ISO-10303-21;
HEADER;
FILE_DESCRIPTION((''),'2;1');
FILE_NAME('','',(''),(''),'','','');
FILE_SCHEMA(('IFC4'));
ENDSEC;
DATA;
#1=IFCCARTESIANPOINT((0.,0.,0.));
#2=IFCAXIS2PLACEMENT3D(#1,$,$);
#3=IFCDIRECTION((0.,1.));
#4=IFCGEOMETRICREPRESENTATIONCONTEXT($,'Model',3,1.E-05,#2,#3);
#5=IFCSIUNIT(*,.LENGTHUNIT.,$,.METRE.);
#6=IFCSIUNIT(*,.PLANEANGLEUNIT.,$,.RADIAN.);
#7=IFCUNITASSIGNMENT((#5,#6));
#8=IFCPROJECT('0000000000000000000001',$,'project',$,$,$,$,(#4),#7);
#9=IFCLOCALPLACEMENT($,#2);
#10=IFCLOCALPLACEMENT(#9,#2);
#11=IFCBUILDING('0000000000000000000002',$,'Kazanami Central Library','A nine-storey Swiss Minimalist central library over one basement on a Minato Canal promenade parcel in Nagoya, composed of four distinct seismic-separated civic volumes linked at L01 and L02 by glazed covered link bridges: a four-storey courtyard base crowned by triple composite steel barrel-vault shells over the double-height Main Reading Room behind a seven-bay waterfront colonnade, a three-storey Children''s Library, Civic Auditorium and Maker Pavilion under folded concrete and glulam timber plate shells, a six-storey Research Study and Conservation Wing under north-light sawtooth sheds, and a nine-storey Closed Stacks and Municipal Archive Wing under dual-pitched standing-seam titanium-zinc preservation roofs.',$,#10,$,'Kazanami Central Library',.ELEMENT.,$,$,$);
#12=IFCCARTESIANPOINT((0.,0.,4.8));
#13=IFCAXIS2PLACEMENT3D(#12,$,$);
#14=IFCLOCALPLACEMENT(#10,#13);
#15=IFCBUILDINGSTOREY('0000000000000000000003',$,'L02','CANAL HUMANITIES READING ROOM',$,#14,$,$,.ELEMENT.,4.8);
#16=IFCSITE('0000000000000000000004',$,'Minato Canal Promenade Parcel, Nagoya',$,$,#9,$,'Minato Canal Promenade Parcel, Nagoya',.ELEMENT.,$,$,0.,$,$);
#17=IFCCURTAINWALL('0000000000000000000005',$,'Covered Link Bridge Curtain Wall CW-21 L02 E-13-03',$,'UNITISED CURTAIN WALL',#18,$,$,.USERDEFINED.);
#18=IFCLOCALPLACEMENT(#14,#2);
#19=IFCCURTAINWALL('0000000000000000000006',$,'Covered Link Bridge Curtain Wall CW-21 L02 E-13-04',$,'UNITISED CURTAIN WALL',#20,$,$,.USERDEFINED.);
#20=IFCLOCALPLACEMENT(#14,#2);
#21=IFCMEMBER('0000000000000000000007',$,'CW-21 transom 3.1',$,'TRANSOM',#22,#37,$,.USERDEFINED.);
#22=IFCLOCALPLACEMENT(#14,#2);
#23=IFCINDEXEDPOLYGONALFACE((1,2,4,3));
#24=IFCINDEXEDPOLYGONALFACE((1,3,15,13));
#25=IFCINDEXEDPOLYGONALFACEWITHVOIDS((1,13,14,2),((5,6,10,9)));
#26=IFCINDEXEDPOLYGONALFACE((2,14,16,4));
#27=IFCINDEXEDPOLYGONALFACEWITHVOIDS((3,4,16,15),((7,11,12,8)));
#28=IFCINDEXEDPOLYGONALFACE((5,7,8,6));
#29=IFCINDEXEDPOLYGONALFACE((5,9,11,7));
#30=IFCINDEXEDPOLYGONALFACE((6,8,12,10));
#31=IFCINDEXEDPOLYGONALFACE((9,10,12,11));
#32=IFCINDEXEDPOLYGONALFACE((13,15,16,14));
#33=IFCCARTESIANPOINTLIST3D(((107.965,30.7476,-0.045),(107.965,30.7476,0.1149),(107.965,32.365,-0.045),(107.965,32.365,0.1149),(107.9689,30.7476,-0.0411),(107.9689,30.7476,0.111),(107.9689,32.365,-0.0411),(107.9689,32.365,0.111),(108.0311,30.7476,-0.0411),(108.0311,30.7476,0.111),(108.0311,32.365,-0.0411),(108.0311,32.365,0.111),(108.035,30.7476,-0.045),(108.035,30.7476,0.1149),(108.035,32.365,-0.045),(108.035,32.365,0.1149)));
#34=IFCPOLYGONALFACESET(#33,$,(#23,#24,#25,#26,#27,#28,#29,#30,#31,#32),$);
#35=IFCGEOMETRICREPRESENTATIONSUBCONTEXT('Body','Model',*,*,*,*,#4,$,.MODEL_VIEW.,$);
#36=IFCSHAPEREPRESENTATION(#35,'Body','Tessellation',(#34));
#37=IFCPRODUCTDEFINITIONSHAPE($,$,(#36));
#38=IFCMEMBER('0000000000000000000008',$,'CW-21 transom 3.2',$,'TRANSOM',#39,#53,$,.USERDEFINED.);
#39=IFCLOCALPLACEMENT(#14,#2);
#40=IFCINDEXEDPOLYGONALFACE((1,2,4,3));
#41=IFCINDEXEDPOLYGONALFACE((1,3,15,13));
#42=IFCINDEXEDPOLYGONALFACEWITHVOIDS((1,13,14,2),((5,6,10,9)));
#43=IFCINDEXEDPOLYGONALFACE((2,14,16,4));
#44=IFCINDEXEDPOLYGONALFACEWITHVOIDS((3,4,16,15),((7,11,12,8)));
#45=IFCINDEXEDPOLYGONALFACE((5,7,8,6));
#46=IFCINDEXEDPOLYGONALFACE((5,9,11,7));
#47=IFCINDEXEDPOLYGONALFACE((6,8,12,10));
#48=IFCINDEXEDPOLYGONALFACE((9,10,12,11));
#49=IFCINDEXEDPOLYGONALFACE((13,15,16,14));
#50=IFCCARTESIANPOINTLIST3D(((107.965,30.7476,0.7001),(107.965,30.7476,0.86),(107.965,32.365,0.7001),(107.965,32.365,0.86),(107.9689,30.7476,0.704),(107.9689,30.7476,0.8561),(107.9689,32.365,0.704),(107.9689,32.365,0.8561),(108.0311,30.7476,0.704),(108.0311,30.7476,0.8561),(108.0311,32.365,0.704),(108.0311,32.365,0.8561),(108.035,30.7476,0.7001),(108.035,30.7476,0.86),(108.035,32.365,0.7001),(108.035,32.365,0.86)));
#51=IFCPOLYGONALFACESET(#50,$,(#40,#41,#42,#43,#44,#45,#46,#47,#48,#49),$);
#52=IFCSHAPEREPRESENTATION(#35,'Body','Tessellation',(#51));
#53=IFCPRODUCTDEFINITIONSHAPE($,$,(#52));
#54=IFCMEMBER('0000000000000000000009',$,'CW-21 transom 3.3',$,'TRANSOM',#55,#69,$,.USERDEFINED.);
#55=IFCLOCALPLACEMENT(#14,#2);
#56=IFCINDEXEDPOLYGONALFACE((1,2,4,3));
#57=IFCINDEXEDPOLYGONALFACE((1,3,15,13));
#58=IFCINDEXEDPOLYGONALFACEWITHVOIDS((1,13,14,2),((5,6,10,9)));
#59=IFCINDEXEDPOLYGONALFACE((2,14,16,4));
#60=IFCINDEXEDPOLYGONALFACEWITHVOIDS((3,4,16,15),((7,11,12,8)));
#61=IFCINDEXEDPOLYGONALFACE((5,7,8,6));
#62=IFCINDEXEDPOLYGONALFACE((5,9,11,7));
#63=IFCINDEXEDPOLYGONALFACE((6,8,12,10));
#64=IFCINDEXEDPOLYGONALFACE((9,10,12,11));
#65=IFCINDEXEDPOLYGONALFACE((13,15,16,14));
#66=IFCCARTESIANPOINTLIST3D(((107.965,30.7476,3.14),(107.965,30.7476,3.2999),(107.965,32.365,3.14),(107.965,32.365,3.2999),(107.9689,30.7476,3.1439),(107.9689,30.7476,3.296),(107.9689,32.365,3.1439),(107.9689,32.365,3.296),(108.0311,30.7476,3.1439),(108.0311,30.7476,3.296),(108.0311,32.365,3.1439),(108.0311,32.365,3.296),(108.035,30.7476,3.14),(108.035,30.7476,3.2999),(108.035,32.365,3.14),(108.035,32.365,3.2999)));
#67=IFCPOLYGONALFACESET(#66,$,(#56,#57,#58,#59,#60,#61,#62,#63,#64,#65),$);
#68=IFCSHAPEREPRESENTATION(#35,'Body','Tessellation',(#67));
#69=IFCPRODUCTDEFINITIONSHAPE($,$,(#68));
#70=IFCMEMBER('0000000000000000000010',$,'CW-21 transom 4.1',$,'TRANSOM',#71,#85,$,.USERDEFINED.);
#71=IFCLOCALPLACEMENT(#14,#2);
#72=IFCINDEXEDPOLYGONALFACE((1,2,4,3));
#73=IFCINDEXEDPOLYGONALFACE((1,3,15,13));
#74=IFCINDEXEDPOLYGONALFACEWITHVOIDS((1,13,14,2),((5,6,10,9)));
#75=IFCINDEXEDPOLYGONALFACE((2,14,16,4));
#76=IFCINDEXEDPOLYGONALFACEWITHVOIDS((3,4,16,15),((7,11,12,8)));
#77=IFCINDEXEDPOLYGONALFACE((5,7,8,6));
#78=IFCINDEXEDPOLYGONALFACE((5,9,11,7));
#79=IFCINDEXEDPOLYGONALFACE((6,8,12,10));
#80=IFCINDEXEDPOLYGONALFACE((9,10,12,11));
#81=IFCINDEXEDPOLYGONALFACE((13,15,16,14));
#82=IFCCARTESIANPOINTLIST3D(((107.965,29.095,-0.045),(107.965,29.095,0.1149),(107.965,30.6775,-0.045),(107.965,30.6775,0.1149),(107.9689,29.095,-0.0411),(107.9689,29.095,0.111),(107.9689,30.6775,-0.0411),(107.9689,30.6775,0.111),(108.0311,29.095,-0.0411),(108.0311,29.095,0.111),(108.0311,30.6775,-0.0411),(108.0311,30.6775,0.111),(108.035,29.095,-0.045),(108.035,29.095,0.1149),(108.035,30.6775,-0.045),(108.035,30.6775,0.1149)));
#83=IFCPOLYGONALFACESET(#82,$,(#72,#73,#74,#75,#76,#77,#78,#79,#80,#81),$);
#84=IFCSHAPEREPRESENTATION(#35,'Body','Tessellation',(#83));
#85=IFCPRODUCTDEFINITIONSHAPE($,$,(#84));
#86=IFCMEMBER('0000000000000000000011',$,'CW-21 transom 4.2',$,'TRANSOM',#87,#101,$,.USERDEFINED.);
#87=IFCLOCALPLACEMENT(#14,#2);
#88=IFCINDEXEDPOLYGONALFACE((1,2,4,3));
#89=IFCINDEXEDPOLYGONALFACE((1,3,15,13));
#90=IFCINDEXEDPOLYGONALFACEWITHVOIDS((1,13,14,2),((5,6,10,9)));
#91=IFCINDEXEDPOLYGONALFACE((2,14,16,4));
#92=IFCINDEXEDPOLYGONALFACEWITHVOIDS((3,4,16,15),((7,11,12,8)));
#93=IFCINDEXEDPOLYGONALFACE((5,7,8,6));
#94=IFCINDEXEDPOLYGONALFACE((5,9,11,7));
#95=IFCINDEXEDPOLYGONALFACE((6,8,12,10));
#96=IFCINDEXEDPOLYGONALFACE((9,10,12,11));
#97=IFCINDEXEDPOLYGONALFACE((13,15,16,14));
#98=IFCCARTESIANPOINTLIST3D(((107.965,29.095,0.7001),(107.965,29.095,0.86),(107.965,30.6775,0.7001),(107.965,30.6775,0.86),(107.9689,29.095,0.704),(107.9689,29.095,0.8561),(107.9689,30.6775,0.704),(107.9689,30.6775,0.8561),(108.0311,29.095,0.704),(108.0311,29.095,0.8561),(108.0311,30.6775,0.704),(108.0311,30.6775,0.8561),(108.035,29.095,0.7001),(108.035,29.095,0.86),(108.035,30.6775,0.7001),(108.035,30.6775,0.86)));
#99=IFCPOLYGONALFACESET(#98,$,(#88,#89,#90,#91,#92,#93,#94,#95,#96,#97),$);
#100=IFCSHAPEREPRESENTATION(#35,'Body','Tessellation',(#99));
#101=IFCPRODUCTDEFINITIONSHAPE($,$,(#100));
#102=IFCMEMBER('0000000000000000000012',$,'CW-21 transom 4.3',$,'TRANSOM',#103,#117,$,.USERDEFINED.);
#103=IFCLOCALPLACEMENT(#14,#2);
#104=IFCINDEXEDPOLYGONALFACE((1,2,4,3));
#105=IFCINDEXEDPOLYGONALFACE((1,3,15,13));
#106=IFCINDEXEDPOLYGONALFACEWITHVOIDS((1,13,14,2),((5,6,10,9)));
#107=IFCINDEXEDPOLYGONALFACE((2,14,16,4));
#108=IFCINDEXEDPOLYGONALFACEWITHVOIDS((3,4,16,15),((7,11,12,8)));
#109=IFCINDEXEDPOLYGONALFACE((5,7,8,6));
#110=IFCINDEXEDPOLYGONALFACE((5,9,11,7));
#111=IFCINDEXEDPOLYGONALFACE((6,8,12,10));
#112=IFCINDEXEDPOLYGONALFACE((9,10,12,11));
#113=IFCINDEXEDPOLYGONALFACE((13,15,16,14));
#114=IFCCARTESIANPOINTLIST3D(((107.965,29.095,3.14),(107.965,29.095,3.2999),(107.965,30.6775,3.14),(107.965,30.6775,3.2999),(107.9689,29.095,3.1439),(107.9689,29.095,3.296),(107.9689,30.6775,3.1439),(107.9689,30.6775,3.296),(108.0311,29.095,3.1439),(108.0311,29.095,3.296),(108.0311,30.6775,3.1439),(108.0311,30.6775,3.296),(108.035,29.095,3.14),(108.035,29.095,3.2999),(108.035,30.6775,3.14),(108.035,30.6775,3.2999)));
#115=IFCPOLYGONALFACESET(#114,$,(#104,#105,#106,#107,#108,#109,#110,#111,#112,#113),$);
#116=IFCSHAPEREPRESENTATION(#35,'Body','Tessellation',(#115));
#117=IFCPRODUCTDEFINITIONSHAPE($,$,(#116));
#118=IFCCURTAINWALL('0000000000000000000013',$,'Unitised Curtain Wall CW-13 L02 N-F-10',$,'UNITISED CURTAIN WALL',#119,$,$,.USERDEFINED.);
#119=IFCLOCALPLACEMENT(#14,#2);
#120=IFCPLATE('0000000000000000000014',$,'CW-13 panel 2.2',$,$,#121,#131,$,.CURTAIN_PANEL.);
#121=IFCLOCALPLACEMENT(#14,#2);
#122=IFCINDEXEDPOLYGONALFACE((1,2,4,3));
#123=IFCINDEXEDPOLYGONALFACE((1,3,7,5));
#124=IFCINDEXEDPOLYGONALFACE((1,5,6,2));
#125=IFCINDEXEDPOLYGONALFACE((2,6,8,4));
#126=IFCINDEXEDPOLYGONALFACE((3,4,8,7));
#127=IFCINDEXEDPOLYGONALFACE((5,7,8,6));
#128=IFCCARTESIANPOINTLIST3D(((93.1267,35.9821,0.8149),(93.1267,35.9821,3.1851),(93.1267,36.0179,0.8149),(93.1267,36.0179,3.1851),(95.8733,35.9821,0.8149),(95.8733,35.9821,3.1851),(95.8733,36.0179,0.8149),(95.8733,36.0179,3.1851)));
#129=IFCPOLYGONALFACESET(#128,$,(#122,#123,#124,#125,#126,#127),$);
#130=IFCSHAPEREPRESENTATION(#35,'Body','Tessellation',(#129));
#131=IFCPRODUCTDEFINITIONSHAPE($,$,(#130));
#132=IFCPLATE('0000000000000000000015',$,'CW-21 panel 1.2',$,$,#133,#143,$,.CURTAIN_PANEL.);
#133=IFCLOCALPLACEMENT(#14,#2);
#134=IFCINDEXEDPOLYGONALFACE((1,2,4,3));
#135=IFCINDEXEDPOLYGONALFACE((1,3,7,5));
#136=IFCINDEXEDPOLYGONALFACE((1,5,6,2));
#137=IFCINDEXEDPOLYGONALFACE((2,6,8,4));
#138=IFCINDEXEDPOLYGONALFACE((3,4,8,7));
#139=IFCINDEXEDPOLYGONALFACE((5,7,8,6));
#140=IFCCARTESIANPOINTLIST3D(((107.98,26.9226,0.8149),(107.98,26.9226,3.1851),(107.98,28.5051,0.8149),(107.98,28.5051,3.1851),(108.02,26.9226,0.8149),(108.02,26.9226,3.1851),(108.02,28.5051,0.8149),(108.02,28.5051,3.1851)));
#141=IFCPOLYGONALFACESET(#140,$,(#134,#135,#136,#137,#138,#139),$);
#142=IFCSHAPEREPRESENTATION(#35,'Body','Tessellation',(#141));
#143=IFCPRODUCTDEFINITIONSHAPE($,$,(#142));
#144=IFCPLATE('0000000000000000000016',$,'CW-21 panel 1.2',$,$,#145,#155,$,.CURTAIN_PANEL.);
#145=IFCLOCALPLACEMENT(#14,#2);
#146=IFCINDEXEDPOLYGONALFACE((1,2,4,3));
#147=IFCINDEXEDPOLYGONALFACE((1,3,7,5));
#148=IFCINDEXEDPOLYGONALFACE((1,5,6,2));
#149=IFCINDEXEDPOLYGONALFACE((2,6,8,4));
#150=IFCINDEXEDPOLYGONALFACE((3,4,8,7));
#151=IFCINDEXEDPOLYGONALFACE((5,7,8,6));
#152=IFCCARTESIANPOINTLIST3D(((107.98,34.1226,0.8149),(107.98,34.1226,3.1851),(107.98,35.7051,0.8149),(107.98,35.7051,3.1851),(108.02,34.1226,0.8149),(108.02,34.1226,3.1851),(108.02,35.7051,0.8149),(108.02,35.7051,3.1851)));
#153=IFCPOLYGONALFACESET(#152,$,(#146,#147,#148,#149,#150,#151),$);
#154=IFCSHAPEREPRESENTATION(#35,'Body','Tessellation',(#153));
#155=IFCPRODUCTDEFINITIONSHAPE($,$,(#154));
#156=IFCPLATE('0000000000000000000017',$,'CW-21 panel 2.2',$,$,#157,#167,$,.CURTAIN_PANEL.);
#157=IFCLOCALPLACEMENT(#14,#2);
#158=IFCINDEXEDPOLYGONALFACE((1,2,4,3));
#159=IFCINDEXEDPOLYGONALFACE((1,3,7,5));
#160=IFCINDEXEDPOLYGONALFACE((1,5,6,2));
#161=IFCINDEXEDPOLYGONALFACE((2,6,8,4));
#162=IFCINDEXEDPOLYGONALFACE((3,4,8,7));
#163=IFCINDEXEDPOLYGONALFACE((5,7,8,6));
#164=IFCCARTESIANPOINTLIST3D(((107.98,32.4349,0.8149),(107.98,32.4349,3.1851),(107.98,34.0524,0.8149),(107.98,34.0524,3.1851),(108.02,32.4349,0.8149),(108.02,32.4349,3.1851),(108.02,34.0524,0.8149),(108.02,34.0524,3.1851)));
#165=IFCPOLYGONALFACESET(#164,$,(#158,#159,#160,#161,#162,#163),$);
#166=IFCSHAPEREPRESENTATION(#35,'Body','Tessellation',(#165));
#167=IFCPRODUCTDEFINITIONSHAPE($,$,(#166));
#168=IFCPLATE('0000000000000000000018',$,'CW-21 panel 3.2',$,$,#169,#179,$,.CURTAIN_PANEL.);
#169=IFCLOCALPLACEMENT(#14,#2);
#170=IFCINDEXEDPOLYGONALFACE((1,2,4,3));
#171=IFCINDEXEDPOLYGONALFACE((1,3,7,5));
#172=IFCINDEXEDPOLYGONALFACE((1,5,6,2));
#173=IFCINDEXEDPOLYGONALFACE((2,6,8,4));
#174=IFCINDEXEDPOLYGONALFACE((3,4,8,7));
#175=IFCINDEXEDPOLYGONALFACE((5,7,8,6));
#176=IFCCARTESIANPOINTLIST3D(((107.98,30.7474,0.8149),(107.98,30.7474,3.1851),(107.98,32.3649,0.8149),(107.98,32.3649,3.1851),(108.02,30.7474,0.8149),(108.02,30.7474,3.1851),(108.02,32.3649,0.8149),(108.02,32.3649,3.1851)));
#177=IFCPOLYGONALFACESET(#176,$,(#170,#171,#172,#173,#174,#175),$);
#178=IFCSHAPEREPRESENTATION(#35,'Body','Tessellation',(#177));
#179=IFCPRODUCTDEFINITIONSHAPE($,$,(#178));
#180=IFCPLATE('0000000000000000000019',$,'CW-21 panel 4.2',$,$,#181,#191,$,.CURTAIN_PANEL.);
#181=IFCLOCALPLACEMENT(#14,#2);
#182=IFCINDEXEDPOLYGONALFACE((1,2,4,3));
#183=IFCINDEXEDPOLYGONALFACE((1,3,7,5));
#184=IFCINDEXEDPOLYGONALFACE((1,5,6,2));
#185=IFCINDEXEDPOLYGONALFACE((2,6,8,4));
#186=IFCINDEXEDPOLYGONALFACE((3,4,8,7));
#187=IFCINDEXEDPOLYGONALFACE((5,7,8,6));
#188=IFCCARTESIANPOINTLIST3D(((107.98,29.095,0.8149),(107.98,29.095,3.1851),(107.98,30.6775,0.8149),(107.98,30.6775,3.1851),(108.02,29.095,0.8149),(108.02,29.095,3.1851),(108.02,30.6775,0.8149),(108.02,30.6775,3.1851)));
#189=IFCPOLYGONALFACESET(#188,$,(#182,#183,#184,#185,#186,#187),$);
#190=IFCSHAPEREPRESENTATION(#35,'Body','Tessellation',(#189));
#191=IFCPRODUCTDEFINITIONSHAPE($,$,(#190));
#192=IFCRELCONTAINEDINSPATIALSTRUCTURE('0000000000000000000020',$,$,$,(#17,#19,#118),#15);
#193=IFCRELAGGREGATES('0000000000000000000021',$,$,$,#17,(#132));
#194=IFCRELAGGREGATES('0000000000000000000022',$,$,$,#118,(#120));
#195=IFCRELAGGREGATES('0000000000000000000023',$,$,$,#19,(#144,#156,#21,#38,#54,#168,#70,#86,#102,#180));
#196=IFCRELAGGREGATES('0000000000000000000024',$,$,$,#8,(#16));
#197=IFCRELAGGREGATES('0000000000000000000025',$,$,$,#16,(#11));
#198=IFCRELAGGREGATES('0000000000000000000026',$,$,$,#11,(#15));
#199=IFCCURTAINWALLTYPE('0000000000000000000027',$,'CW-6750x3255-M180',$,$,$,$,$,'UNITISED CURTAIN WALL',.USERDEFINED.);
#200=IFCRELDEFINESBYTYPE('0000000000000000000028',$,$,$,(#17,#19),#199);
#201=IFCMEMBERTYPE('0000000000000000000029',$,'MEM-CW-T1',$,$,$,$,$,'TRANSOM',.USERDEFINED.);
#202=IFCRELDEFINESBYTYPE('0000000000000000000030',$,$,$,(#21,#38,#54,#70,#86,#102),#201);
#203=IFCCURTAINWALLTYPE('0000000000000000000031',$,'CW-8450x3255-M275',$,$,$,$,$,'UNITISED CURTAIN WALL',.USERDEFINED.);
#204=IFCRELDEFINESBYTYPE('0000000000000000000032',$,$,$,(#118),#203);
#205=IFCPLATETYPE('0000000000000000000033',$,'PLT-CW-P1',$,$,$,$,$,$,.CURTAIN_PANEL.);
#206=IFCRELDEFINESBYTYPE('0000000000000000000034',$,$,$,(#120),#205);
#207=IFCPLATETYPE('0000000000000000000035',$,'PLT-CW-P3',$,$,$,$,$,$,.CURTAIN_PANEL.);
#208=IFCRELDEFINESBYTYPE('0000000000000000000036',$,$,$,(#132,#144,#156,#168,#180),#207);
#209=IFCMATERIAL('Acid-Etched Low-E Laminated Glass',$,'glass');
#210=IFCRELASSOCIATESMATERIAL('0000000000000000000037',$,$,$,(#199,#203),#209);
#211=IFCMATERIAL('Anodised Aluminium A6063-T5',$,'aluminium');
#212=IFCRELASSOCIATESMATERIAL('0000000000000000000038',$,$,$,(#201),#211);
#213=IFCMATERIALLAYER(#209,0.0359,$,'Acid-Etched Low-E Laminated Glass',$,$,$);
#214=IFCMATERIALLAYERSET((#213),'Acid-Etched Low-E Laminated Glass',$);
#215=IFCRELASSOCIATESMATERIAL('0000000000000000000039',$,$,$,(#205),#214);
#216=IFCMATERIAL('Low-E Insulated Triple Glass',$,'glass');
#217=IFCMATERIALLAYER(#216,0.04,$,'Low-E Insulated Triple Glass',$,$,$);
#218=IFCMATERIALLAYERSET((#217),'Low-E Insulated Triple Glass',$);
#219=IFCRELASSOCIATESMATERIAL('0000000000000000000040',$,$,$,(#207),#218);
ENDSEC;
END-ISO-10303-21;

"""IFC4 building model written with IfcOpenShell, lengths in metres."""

from ifc_helpers import new_model, si_unit, direction, frame, origin, origin_2d, place, context, subcontext, project, spatial, rectangle, hollow_rectangle, extrude, material, layer, layer_set, material_profile, profile_set, type_object, element, aggregate, save


model = new_model("IFC4")

# Units and contexts
model_context = context("Model", 3, precision=1e-05, world=origin(), true_north=direction((0.0, 1.0)))
body_context = subcontext(model_context, "Body", "Model", "MODEL_VIEW")
ifc_project = project(units=[si_unit("LENGTHUNIT", "METRE"), si_unit("PLANEANGLEUNIT", "RADIAN")], contexts=[model_context])

# Site, building, storey
site_placement = place(None, origin())
site = spatial("IfcSite", under=ifc_project, at=site_placement, Name="Minato Canal Promenade Parcel, Nagoya", LongName="Minato Canal Promenade Parcel, Nagoya", CompositionType="ELEMENT", RefElevation=0.0)
building_placement = place(site_placement, origin())
building = spatial("IfcBuilding", under=site, at=building_placement, Name="Kazanami Central Library", Description="A nine-storey Swiss Minimalist central library over one basement on a Minato Canal promenade parcel in Nagoya, composed of four distinct seismic-separated civic volumes linked at L01 and L02 by glazed covered link bridges: a four-storey courtyard base crowned by triple composite steel barrel-vault shells over the double-height Main Reading Room behind a seven-bay waterfront colonnade, a three-storey Children's Library, Civic Auditorium and Maker Pavilion under folded concrete and glulam timber plate shells, a six-storey Research Study and Conservation Wing under north-light sawtooth sheds, and a nine-storey Closed Stacks and Municipal Archive Wing under dual-pitched standing-seam titanium-zinc preservation roofs.", LongName="Kazanami Central Library", CompositionType="ELEMENT")
storey_placement = place(building_placement, frame((0.0, 0.0, 4.8)))
storey = spatial("IfcBuildingStorey", under=building, at=storey_placement, Name="L02", Description="CANAL HUMANITIES READING ROOM", CompositionType="ELEMENT", Elevation=4.8)

# Curtain wall
ifc_material_1 = material(Name="Acid-Etched Low-E Laminated Glass", Category="glass")
curtain_wall_type_1 = type_object("IfcCurtainWallType", Name="CW-6750x3255-M180", ElementType="UNITISED CURTAIN WALL", PredefinedType="USERDEFINED", material=ifc_material_1)
curtain_wall_1_placement = place(storey_placement, origin())
curtain_wall_1 = element("IfcCurtainWall", 1, at=curtain_wall_1_placement, inside=storey, type_object=curtain_wall_type_1, Name="Covered Link Bridge Curtain Wall CW-21 L02 E-13-03", ObjectType="UNITISED CURTAIN WALL", PredefinedType="USERDEFINED")
ifc_material_2 = material(Name="Anodised Aluminium A6063-T5", Category="aluminium")

# Curtain wall
curtain_wall_2_placement = place(storey_placement, origin())
curtain_wall_2 = element("IfcCurtainWall", 2, at=curtain_wall_2_placement, inside=storey, type_object=curtain_wall_type_1, Name="Covered Link Bridge Curtain Wall CW-21 L02 E-13-04", ObjectType="UNITISED CURTAIN WALL", PredefinedType="USERDEFINED")

# Members
ifc_material_profile_1 = material_profile(ifc_material_2, hollow_rectangle(XDim=0.0701, YDim=0.1599, WallThickness=0.0039, at=origin_2d()), Name="ALU-TRAN-70x160x4")
ifc_profile_set_1 = profile_set([ifc_material_profile_1], Name="Anodised Aluminium A6063-T5")
member_type_1 = type_object("IfcMemberType", Name="MEM-CW-T1", ElementType="TRANSOM", PredefinedType="USERDEFINED", material=ifc_profile_set_1)
member_1_placement = place(storey_placement, frame((108.0, 32.365, 0.0349), z_axis=(0.0, -1.0, 0.0), x_axis=(1.0, 0.0, 0.0)))
member_1 = element("IfcMember", 3, at=member_1_placement, type_object=member_type_1, Name="CW-21 transom 3.1", ObjectType="TRANSOM", PredefinedType="USERDEFINED", context=body_context, shape_type="SweptSolid", body=[
    extrude(hollow_rectangle(XDim=0.0701, YDim=0.1599, WallThickness=0.0039, at=origin_2d()), origin(), (0.0, 0.0, 1.0), 1.6174),
])
member_2_placement = place(storey_placement, frame((108.0, 32.365, 0.78), z_axis=(0.0, -1.0, 0.0), x_axis=(1.0, 0.0, 0.0)))
member_2 = element("IfcMember", 4, at=member_2_placement, type_object=member_type_1, Name="CW-21 transom 3.2", ObjectType="TRANSOM", PredefinedType="USERDEFINED", context=body_context, shape_type="SweptSolid", body=[
    extrude(hollow_rectangle(XDim=0.0701, YDim=0.1599, WallThickness=0.0039, at=origin_2d()), origin(), (0.0, 0.0, 1.0), 1.6174),
])
member_3_placement = place(storey_placement, frame((108.0, 32.365, 3.22), z_axis=(0.0, -1.0, 0.0), x_axis=(1.0, 0.0, 0.0)))
member_3 = element("IfcMember", 5, at=member_3_placement, type_object=member_type_1, Name="CW-21 transom 3.3", ObjectType="TRANSOM", PredefinedType="USERDEFINED", context=body_context, shape_type="SweptSolid", body=[
    extrude(hollow_rectangle(XDim=0.0701, YDim=0.1599, WallThickness=0.0039, at=origin_2d()), origin(), (0.0, 0.0, 1.0), 1.6174),
])
member_4_placement = place(storey_placement, frame((108.0, 30.6775, 0.0349), z_axis=(0.0, -1.0, 0.0), x_axis=(1.0, 0.0, 0.0)))
member_4 = element("IfcMember", 6, at=member_4_placement, type_object=member_type_1, Name="CW-21 transom 4.1", ObjectType="TRANSOM", PredefinedType="USERDEFINED", context=body_context, shape_type="SweptSolid", body=[
    extrude(hollow_rectangle(XDim=0.0701, YDim=0.1599, WallThickness=0.0039, at=origin_2d()), origin(), (0.0, 0.0, 1.0), 1.5825),
])
member_5_placement = place(storey_placement, frame((108.0, 30.6775, 0.78), z_axis=(0.0, -1.0, 0.0), x_axis=(1.0, 0.0, 0.0)))
member_5 = element("IfcMember", 7, at=member_5_placement, type_object=member_type_1, Name="CW-21 transom 4.2", ObjectType="TRANSOM", PredefinedType="USERDEFINED", context=body_context, shape_type="SweptSolid", body=[
    extrude(hollow_rectangle(XDim=0.0701, YDim=0.1599, WallThickness=0.0039, at=origin_2d()), origin(), (0.0, 0.0, 1.0), 1.5825),
])
member_6_placement = place(storey_placement, frame((108.0, 30.6775, 3.22), z_axis=(0.0, -1.0, 0.0), x_axis=(1.0, 0.0, 0.0)))
member_6 = element("IfcMember", 8, at=member_6_placement, type_object=member_type_1, Name="CW-21 transom 4.3", ObjectType="TRANSOM", PredefinedType="USERDEFINED", context=body_context, shape_type="SweptSolid", body=[
    extrude(hollow_rectangle(XDim=0.0701, YDim=0.1599, WallThickness=0.0039, at=origin_2d()), origin(), (0.0, 0.0, 1.0), 1.5825),
])

# Curtain wall, plate
curtain_wall_type_2 = type_object("IfcCurtainWallType", Name="CW-8450x3255-M275", ElementType="UNITISED CURTAIN WALL", PredefinedType="USERDEFINED", material=ifc_material_1)
curtain_wall_3_placement = place(storey_placement, origin())
curtain_wall_3 = element("IfcCurtainWall", 9, at=curtain_wall_3_placement, inside=storey, type_object=curtain_wall_type_2, Name="Unitised Curtain Wall CW-13 L02 N-F-10", ObjectType="UNITISED CURTAIN WALL", PredefinedType="USERDEFINED")
ifc_layer_1 = layer(ifc_material_1, 0.0359, Name="Acid-Etched Low-E Laminated Glass")
ifc_layer_set_1 = layer_set([ifc_layer_1], Name="Acid-Etched Low-E Laminated Glass")
plate_type_1 = type_object("IfcPlateType", Name="PLT-CW-P1", PredefinedType="CURTAIN_PANEL", material=ifc_layer_set_1)
plate_1_placement = place(storey_placement, frame((94.5, 36.0, 0.8149), z_axis=(0.0, 0.0, 1.0), x_axis=(-1.0, 0.0, 0.0)))
plate_1 = element("IfcPlate", 10, at=plate_1_placement, type_object=plate_type_1, Name="CW-13 panel 2.2", PredefinedType="CURTAIN_PANEL", context=body_context, shape_type="SweptSolid", body=[
    extrude(rectangle(XDim=2.7466, YDim=0.0359, at=origin_2d()), origin(), (0.0, 0.0, 1.0), 2.3701),
])

# Plates
ifc_material_3 = material(Name="Low-E Insulated Triple Glass", Category="glass")
ifc_layer_2 = layer(ifc_material_3, 0.04, Name="Low-E Insulated Triple Glass")
ifc_layer_set_2 = layer_set([ifc_layer_2], Name="Low-E Insulated Triple Glass")
plate_type_2 = type_object("IfcPlateType", Name="PLT-CW-P3", PredefinedType="CURTAIN_PANEL", material=ifc_layer_set_2)
plate_2_placement = place(storey_placement, frame((108.0, 27.7139, 0.8149), z_axis=(0.0, 0.0, 1.0), x_axis=(0.0, -1.0, 0.0)))
plate_2 = element("IfcPlate", 11, at=plate_2_placement, type_object=plate_type_2, Name="CW-21 panel 1.2", PredefinedType="CURTAIN_PANEL", context=body_context, shape_type="SweptSolid", body=[
    extrude(rectangle(XDim=1.5825, YDim=0.04, at=origin_2d()), origin(), (0.0, 0.0, 1.0), 2.3701),
])
aggregate(curtain_wall_1, [plate_2])
plate_3_placement = place(storey_placement, frame((108.0, 34.9138, 0.8149), z_axis=(0.0, 0.0, 1.0), x_axis=(0.0, -1.0, 0.0)))
plate_3 = element("IfcPlate", 12, at=plate_3_placement, type_object=plate_type_2, Name="CW-21 panel 1.2", PredefinedType="CURTAIN_PANEL", context=body_context, shape_type="SweptSolid", body=[
    extrude(rectangle(XDim=1.5825, YDim=0.04, at=origin_2d()), origin(), (0.0, 0.0, 1.0), 2.3701),
])
plate_4_placement = place(storey_placement, frame((108.0, 33.2437, 0.8149), z_axis=(0.0, 0.0, 1.0), x_axis=(0.0, -1.0, 0.0)))
plate_4 = element("IfcPlate", 13, at=plate_4_placement, type_object=plate_type_2, Name="CW-21 panel 2.2", PredefinedType="CURTAIN_PANEL", context=body_context, shape_type="SweptSolid", body=[
    extrude(rectangle(XDim=1.6174, YDim=0.04, at=origin_2d()), origin(), (0.0, 0.0, 1.0), 2.3701),
])
plate_5_placement = place(storey_placement, frame((108.0, 31.5562, 0.8149), z_axis=(0.0, 0.0, 1.0), x_axis=(0.0, -1.0, 0.0)))
plate_5 = element("IfcPlate", 14, at=plate_5_placement, type_object=plate_type_2, Name="CW-21 panel 3.2", PredefinedType="CURTAIN_PANEL", context=body_context, shape_type="SweptSolid", body=[
    extrude(rectangle(XDim=1.6174, YDim=0.04, at=origin_2d()), origin(), (0.0, 0.0, 1.0), 2.3701),
])
plate_6_placement = place(storey_placement, frame((108.0, 29.8862, 0.8149), z_axis=(0.0, 0.0, 1.0), x_axis=(0.0, -1.0, 0.0)))
plate_6 = element("IfcPlate", 15, at=plate_6_placement, type_object=plate_type_2, Name="CW-21 panel 4.2", PredefinedType="CURTAIN_PANEL", context=body_context, shape_type="SweptSolid", body=[
    extrude(rectangle(XDim=1.5825, YDim=0.04, at=origin_2d()), origin(), (0.0, 0.0, 1.0), 2.3701),
])
aggregate(curtain_wall_3, [plate_1])
aggregate(curtain_wall_2, [plate_3, plate_4, member_1, member_2, member_3, plate_5, member_4, member_5, member_6, plate_6])

save(model, "model.ifc")
